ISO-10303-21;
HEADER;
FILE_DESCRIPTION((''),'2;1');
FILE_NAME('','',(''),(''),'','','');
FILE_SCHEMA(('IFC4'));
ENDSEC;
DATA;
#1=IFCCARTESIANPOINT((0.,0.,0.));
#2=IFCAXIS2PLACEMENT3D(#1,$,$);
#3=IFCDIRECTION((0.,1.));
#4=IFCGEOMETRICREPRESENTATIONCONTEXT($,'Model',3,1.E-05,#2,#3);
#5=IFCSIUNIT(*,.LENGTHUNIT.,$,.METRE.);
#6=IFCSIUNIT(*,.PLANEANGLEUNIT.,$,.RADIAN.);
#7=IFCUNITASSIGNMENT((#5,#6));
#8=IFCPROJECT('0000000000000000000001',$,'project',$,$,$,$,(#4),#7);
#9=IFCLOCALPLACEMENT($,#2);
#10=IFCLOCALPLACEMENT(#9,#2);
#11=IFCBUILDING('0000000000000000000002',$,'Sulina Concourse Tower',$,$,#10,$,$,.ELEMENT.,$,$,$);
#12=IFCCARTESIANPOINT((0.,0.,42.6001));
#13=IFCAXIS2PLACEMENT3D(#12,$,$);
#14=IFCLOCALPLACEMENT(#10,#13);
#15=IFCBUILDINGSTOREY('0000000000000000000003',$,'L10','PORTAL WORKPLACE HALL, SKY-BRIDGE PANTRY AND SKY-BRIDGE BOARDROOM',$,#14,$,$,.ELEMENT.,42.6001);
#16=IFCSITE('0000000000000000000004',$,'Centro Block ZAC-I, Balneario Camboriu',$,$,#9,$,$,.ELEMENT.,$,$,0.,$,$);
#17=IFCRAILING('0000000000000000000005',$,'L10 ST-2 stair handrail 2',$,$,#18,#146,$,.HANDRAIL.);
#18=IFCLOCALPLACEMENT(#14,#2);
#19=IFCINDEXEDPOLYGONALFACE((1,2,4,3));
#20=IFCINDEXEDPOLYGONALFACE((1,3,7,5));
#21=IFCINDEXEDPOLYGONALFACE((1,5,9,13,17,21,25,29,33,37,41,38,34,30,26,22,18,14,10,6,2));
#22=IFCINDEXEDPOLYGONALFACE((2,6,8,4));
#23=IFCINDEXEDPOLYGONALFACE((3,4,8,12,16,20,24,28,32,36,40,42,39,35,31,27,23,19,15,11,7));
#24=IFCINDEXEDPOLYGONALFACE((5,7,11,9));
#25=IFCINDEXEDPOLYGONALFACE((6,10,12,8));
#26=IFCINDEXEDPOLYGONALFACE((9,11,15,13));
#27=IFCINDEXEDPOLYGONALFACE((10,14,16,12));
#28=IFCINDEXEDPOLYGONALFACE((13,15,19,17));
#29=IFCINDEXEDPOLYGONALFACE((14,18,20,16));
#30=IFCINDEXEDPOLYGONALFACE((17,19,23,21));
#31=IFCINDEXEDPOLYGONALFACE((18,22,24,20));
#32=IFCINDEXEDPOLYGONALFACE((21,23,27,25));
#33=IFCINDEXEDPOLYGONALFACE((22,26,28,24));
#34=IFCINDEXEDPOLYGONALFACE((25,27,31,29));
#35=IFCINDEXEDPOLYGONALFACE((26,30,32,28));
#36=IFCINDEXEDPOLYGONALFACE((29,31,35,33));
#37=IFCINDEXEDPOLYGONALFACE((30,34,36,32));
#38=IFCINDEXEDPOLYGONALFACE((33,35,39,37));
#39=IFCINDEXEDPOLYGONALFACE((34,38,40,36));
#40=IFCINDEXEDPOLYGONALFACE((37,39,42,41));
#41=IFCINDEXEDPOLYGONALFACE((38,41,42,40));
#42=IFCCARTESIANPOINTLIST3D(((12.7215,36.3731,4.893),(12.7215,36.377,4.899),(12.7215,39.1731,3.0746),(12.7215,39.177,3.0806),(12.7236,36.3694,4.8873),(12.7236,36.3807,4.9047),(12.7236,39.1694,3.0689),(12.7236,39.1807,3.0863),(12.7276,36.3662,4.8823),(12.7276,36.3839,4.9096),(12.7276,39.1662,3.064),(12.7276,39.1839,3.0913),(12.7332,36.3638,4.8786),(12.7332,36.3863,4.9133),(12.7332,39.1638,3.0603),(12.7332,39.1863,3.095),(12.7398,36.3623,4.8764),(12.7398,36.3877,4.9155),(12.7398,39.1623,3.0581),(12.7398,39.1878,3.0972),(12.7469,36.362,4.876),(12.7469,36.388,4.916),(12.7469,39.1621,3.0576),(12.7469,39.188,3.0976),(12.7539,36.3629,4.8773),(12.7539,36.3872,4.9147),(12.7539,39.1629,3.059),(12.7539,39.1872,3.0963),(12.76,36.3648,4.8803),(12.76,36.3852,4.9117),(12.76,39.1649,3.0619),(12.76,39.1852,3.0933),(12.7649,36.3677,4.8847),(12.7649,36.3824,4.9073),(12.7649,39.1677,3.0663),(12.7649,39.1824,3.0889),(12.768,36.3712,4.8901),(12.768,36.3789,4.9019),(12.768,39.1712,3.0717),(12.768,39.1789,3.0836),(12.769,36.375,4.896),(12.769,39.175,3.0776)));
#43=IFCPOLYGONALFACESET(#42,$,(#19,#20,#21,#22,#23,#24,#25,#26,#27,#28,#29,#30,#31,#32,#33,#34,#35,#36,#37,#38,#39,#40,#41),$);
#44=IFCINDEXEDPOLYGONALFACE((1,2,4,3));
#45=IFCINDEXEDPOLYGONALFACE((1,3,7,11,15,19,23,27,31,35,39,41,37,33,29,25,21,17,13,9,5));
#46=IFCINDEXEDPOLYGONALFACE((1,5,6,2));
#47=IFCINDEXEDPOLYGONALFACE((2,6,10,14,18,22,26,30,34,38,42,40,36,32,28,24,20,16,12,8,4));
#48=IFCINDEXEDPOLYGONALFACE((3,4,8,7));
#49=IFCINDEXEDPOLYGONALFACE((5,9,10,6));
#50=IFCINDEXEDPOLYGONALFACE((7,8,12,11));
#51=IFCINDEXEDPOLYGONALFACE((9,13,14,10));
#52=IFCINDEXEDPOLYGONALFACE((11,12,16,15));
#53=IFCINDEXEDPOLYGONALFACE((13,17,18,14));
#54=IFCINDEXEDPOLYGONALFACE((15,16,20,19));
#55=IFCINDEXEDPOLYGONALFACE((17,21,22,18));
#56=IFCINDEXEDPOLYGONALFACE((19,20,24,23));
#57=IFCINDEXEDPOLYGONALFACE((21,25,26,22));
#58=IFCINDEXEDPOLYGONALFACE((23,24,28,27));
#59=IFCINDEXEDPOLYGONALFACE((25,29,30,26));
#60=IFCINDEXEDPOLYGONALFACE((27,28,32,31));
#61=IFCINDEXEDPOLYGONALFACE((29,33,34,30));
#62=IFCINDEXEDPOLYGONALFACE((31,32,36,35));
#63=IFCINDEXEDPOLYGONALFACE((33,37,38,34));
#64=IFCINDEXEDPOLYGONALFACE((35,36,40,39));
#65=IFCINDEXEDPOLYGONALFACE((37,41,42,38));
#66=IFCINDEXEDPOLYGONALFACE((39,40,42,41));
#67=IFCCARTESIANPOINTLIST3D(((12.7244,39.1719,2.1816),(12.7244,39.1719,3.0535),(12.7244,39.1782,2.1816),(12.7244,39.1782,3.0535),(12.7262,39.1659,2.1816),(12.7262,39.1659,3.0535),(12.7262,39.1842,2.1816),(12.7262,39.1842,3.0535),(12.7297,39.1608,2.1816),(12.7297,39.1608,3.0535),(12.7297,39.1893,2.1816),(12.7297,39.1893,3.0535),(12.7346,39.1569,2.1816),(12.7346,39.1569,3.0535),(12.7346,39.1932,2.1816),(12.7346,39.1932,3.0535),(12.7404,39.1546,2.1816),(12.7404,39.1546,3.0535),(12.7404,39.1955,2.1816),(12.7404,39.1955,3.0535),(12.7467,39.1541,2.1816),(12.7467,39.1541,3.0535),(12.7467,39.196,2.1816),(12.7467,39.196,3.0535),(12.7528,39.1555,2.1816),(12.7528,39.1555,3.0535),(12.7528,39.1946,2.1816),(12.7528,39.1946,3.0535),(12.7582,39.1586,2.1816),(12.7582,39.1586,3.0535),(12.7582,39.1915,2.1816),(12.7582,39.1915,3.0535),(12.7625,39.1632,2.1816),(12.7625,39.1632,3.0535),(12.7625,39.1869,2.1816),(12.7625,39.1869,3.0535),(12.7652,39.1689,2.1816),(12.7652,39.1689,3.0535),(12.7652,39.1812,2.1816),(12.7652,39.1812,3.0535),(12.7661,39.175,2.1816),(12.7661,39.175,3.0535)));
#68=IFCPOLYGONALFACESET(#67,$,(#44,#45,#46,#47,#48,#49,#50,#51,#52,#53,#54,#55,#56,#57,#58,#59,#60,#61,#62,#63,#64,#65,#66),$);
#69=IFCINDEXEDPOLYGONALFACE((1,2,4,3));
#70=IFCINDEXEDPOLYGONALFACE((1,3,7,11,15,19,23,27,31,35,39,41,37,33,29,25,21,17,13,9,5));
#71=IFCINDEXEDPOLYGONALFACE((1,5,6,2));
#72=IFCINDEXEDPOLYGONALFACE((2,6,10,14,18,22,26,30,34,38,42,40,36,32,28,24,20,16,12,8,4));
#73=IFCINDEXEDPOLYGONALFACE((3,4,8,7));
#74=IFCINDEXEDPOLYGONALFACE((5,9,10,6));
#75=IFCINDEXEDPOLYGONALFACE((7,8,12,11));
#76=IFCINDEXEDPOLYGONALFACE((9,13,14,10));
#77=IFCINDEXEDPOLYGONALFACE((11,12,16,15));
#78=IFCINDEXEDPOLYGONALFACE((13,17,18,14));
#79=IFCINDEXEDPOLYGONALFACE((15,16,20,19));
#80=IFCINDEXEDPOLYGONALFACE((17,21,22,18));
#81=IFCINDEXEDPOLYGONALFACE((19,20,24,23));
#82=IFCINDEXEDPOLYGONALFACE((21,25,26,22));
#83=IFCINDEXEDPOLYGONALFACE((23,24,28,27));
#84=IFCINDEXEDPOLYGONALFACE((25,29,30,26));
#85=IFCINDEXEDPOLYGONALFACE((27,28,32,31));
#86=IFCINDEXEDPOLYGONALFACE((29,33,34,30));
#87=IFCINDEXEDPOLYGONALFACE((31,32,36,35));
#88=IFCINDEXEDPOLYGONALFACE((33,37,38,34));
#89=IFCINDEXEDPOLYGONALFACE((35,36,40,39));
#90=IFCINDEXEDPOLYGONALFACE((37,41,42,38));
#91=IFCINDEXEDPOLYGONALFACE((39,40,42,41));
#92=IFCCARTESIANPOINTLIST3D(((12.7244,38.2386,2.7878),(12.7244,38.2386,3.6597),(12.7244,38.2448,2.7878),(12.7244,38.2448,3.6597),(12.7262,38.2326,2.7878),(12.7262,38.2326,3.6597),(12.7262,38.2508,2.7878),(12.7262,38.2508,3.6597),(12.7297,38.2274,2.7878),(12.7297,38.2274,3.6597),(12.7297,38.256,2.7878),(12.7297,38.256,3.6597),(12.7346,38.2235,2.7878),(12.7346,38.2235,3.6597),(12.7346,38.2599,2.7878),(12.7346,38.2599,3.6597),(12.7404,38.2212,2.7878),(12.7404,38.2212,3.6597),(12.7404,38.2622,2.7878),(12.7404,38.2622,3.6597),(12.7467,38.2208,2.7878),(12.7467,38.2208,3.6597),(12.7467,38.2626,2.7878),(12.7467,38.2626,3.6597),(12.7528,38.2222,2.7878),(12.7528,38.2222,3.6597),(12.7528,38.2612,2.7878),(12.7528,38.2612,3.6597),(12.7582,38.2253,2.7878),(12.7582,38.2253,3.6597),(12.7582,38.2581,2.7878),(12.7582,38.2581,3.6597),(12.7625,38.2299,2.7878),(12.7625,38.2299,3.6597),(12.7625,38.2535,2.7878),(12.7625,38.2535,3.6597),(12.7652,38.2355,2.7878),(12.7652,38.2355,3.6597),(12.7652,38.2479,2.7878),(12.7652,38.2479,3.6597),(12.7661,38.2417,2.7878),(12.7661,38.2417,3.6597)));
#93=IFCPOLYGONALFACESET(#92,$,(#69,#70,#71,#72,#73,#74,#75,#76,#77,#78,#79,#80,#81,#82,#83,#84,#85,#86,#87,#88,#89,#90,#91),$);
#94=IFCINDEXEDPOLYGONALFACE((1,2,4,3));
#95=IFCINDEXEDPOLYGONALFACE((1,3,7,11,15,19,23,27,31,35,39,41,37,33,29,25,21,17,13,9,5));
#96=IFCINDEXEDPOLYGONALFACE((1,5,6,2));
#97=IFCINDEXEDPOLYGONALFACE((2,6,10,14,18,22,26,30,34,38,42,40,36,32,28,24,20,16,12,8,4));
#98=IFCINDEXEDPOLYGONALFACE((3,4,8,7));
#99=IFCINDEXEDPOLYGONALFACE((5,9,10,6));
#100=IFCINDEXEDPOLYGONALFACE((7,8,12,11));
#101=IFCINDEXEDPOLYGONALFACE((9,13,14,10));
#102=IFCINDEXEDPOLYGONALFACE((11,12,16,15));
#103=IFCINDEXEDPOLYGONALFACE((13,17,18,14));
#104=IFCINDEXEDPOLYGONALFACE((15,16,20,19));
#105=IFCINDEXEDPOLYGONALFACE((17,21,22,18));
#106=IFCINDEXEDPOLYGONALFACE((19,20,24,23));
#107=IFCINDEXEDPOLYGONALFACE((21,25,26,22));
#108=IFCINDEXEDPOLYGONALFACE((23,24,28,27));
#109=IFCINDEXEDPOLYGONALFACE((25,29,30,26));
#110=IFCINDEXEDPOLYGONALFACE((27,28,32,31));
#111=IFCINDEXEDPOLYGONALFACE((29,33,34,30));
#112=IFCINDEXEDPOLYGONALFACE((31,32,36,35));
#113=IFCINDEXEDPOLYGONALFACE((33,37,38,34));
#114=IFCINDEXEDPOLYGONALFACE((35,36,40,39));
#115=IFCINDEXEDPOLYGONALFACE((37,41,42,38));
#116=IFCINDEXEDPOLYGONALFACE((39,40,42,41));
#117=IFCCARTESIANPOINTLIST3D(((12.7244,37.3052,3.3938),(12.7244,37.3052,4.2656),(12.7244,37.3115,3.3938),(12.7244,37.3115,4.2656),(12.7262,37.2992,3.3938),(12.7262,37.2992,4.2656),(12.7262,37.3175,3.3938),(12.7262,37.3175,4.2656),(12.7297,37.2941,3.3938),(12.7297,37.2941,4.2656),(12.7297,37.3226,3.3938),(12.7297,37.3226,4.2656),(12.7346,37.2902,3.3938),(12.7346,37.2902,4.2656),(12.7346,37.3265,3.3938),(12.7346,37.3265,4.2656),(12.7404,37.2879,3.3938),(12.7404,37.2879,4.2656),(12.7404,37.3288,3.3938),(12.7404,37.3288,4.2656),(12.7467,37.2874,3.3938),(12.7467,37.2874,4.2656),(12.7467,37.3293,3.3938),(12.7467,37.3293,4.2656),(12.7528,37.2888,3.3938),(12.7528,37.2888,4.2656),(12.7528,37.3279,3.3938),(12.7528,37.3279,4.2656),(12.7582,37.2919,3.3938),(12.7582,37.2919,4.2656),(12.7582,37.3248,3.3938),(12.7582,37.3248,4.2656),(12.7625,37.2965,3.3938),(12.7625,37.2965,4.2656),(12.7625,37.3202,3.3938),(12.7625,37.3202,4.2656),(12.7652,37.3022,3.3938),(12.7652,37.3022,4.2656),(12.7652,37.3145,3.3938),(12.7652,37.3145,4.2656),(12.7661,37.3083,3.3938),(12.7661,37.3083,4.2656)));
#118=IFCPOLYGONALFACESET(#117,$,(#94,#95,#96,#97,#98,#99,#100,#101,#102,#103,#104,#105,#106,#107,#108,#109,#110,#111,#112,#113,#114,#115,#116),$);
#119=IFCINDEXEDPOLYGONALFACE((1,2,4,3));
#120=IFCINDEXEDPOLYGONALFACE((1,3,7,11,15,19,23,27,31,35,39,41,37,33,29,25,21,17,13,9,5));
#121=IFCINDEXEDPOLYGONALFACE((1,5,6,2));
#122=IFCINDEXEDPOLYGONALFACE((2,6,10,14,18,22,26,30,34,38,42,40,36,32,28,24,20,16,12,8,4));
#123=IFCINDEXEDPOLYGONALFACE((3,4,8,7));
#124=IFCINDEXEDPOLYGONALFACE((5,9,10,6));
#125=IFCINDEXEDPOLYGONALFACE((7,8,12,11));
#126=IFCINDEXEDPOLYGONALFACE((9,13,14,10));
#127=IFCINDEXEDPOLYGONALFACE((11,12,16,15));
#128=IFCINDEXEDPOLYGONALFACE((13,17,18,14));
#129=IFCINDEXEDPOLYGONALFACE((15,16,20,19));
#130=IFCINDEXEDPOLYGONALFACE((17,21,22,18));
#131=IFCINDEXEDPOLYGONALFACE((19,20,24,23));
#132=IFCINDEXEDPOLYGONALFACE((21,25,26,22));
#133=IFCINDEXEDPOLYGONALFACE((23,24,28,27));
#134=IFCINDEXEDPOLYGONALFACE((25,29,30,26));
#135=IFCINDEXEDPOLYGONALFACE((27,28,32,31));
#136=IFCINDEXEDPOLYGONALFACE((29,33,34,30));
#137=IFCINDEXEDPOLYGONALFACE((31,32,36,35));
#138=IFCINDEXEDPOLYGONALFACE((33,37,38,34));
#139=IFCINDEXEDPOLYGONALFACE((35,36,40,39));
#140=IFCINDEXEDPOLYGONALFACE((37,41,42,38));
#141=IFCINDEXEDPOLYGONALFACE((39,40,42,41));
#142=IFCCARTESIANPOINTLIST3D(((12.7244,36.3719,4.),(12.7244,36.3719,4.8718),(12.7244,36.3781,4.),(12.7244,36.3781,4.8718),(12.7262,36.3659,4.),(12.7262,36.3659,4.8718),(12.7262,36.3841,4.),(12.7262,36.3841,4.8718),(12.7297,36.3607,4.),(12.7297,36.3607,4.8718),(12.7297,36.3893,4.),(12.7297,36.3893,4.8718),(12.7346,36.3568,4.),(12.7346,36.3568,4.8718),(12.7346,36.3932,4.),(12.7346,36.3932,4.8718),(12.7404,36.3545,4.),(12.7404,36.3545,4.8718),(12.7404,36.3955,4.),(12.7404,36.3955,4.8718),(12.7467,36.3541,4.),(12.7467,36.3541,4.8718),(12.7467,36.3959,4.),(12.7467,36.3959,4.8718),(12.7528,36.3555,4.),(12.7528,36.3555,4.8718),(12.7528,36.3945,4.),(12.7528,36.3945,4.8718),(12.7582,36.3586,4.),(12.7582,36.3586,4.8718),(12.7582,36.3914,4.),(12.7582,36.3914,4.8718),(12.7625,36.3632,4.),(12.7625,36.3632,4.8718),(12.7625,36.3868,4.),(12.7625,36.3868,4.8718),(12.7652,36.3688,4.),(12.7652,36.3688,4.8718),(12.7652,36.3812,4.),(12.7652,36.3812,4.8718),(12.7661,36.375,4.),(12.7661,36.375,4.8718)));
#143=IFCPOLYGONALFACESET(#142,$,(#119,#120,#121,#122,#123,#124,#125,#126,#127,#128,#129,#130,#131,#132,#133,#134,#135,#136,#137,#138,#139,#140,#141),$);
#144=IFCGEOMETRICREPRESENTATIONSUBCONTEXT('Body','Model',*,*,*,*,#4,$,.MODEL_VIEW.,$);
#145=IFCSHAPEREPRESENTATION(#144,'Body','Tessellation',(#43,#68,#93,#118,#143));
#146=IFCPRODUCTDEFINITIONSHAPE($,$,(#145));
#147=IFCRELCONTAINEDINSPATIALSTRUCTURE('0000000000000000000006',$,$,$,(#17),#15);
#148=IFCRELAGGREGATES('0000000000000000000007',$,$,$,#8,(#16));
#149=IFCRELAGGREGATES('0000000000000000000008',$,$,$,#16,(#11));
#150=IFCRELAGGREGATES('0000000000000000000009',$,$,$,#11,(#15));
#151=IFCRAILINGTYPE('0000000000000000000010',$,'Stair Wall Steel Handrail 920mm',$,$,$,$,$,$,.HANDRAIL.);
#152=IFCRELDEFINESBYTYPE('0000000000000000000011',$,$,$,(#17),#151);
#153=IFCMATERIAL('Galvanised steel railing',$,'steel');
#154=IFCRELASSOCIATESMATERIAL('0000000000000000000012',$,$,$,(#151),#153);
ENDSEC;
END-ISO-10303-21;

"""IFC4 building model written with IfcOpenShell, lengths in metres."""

from ifc_helpers import new_model, si_unit, direction, frame, origin, origin_2d, place, context, subcontext, project, spatial, circle, extrude, material, type_object, element, save


model = new_model("IFC4")

# Units and contexts
model_context = context("Model", 3, precision=1e-05, world=origin(), true_north=direction((0.0, 1.0)))
body_context = subcontext(model_context, "Body", "Model", "MODEL_VIEW")
ifc_project = project(units=[si_unit("LENGTHUNIT", "METRE"), si_unit("PLANEANGLEUNIT", "RADIAN")], contexts=[model_context])

# Site, building, storey
site_placement = place(None, origin())
site = spatial("IfcSite", under=ifc_project, at=site_placement, Name="Centro Block ZAC-I, Balneario Camboriu", CompositionType="ELEMENT", RefElevation=0.0)
building_placement = place(site_placement, origin())
building = spatial("IfcBuilding", under=site, at=building_placement, Name="Sulina Concourse Tower", CompositionType="ELEMENT")
storey_placement = place(building_placement, frame((0.0, 0.0, 42.6001)))
storey = spatial("IfcBuildingStorey", under=building, at=storey_placement, Name="L10", Description="PORTAL WORKPLACE HALL, SKY-BRIDGE PANTRY AND SKY-BRIDGE BOARDROOM", CompositionType="ELEMENT", Elevation=42.6001)

# Railing
ifc_material_1 = material(Name="Galvanised steel railing", Category="steel")
railing_type_1 = type_object("IfcRailingType", Name="Stair Wall Steel Handrail 920mm", PredefinedType="HANDRAIL", material=ifc_material_1)
railing_1_placement = place(storey_placement, frame((12.7451, 39.175, 2.1816)))
element("IfcRailing", 1, at=railing_1_placement, inside=storey, type_object=railing_type_1, Name="L10 ST-2 stair handrail 2", PredefinedType="HANDRAIL", context=body_context, shape_type="SweptSolid", body=[
    extrude(circle(Radius=0.0239, at=origin_2d()), frame((0.0, 0.0, 0.896), z_axis=(0.0, -0.838672, 0.544636), x_axis=(1.0, 0.0, 0.0)), (0.0, 0.0, 1.0), 3.3386),
    extrude(circle(Radius=0.021, at=origin_2d()), origin(), (0.0, 0.0, 1.0), 0.8718),
    extrude(circle(Radius=0.021, at=origin_2d()), frame((0.0, -0.9333, 0.6062)), (0.0, 0.0, 1.0), 0.8718),
    extrude(circle(Radius=0.021, at=origin_2d()), frame((0.0, -1.8667, 1.2122)), (0.0, 0.0, 1.0), 0.8718),
    extrude(circle(Radius=0.021, at=origin_2d()), frame((0.0, -2.8, 1.8184)), (0.0, 0.0, 1.0), 0.8718),
])

save(model, "model.ifc")
